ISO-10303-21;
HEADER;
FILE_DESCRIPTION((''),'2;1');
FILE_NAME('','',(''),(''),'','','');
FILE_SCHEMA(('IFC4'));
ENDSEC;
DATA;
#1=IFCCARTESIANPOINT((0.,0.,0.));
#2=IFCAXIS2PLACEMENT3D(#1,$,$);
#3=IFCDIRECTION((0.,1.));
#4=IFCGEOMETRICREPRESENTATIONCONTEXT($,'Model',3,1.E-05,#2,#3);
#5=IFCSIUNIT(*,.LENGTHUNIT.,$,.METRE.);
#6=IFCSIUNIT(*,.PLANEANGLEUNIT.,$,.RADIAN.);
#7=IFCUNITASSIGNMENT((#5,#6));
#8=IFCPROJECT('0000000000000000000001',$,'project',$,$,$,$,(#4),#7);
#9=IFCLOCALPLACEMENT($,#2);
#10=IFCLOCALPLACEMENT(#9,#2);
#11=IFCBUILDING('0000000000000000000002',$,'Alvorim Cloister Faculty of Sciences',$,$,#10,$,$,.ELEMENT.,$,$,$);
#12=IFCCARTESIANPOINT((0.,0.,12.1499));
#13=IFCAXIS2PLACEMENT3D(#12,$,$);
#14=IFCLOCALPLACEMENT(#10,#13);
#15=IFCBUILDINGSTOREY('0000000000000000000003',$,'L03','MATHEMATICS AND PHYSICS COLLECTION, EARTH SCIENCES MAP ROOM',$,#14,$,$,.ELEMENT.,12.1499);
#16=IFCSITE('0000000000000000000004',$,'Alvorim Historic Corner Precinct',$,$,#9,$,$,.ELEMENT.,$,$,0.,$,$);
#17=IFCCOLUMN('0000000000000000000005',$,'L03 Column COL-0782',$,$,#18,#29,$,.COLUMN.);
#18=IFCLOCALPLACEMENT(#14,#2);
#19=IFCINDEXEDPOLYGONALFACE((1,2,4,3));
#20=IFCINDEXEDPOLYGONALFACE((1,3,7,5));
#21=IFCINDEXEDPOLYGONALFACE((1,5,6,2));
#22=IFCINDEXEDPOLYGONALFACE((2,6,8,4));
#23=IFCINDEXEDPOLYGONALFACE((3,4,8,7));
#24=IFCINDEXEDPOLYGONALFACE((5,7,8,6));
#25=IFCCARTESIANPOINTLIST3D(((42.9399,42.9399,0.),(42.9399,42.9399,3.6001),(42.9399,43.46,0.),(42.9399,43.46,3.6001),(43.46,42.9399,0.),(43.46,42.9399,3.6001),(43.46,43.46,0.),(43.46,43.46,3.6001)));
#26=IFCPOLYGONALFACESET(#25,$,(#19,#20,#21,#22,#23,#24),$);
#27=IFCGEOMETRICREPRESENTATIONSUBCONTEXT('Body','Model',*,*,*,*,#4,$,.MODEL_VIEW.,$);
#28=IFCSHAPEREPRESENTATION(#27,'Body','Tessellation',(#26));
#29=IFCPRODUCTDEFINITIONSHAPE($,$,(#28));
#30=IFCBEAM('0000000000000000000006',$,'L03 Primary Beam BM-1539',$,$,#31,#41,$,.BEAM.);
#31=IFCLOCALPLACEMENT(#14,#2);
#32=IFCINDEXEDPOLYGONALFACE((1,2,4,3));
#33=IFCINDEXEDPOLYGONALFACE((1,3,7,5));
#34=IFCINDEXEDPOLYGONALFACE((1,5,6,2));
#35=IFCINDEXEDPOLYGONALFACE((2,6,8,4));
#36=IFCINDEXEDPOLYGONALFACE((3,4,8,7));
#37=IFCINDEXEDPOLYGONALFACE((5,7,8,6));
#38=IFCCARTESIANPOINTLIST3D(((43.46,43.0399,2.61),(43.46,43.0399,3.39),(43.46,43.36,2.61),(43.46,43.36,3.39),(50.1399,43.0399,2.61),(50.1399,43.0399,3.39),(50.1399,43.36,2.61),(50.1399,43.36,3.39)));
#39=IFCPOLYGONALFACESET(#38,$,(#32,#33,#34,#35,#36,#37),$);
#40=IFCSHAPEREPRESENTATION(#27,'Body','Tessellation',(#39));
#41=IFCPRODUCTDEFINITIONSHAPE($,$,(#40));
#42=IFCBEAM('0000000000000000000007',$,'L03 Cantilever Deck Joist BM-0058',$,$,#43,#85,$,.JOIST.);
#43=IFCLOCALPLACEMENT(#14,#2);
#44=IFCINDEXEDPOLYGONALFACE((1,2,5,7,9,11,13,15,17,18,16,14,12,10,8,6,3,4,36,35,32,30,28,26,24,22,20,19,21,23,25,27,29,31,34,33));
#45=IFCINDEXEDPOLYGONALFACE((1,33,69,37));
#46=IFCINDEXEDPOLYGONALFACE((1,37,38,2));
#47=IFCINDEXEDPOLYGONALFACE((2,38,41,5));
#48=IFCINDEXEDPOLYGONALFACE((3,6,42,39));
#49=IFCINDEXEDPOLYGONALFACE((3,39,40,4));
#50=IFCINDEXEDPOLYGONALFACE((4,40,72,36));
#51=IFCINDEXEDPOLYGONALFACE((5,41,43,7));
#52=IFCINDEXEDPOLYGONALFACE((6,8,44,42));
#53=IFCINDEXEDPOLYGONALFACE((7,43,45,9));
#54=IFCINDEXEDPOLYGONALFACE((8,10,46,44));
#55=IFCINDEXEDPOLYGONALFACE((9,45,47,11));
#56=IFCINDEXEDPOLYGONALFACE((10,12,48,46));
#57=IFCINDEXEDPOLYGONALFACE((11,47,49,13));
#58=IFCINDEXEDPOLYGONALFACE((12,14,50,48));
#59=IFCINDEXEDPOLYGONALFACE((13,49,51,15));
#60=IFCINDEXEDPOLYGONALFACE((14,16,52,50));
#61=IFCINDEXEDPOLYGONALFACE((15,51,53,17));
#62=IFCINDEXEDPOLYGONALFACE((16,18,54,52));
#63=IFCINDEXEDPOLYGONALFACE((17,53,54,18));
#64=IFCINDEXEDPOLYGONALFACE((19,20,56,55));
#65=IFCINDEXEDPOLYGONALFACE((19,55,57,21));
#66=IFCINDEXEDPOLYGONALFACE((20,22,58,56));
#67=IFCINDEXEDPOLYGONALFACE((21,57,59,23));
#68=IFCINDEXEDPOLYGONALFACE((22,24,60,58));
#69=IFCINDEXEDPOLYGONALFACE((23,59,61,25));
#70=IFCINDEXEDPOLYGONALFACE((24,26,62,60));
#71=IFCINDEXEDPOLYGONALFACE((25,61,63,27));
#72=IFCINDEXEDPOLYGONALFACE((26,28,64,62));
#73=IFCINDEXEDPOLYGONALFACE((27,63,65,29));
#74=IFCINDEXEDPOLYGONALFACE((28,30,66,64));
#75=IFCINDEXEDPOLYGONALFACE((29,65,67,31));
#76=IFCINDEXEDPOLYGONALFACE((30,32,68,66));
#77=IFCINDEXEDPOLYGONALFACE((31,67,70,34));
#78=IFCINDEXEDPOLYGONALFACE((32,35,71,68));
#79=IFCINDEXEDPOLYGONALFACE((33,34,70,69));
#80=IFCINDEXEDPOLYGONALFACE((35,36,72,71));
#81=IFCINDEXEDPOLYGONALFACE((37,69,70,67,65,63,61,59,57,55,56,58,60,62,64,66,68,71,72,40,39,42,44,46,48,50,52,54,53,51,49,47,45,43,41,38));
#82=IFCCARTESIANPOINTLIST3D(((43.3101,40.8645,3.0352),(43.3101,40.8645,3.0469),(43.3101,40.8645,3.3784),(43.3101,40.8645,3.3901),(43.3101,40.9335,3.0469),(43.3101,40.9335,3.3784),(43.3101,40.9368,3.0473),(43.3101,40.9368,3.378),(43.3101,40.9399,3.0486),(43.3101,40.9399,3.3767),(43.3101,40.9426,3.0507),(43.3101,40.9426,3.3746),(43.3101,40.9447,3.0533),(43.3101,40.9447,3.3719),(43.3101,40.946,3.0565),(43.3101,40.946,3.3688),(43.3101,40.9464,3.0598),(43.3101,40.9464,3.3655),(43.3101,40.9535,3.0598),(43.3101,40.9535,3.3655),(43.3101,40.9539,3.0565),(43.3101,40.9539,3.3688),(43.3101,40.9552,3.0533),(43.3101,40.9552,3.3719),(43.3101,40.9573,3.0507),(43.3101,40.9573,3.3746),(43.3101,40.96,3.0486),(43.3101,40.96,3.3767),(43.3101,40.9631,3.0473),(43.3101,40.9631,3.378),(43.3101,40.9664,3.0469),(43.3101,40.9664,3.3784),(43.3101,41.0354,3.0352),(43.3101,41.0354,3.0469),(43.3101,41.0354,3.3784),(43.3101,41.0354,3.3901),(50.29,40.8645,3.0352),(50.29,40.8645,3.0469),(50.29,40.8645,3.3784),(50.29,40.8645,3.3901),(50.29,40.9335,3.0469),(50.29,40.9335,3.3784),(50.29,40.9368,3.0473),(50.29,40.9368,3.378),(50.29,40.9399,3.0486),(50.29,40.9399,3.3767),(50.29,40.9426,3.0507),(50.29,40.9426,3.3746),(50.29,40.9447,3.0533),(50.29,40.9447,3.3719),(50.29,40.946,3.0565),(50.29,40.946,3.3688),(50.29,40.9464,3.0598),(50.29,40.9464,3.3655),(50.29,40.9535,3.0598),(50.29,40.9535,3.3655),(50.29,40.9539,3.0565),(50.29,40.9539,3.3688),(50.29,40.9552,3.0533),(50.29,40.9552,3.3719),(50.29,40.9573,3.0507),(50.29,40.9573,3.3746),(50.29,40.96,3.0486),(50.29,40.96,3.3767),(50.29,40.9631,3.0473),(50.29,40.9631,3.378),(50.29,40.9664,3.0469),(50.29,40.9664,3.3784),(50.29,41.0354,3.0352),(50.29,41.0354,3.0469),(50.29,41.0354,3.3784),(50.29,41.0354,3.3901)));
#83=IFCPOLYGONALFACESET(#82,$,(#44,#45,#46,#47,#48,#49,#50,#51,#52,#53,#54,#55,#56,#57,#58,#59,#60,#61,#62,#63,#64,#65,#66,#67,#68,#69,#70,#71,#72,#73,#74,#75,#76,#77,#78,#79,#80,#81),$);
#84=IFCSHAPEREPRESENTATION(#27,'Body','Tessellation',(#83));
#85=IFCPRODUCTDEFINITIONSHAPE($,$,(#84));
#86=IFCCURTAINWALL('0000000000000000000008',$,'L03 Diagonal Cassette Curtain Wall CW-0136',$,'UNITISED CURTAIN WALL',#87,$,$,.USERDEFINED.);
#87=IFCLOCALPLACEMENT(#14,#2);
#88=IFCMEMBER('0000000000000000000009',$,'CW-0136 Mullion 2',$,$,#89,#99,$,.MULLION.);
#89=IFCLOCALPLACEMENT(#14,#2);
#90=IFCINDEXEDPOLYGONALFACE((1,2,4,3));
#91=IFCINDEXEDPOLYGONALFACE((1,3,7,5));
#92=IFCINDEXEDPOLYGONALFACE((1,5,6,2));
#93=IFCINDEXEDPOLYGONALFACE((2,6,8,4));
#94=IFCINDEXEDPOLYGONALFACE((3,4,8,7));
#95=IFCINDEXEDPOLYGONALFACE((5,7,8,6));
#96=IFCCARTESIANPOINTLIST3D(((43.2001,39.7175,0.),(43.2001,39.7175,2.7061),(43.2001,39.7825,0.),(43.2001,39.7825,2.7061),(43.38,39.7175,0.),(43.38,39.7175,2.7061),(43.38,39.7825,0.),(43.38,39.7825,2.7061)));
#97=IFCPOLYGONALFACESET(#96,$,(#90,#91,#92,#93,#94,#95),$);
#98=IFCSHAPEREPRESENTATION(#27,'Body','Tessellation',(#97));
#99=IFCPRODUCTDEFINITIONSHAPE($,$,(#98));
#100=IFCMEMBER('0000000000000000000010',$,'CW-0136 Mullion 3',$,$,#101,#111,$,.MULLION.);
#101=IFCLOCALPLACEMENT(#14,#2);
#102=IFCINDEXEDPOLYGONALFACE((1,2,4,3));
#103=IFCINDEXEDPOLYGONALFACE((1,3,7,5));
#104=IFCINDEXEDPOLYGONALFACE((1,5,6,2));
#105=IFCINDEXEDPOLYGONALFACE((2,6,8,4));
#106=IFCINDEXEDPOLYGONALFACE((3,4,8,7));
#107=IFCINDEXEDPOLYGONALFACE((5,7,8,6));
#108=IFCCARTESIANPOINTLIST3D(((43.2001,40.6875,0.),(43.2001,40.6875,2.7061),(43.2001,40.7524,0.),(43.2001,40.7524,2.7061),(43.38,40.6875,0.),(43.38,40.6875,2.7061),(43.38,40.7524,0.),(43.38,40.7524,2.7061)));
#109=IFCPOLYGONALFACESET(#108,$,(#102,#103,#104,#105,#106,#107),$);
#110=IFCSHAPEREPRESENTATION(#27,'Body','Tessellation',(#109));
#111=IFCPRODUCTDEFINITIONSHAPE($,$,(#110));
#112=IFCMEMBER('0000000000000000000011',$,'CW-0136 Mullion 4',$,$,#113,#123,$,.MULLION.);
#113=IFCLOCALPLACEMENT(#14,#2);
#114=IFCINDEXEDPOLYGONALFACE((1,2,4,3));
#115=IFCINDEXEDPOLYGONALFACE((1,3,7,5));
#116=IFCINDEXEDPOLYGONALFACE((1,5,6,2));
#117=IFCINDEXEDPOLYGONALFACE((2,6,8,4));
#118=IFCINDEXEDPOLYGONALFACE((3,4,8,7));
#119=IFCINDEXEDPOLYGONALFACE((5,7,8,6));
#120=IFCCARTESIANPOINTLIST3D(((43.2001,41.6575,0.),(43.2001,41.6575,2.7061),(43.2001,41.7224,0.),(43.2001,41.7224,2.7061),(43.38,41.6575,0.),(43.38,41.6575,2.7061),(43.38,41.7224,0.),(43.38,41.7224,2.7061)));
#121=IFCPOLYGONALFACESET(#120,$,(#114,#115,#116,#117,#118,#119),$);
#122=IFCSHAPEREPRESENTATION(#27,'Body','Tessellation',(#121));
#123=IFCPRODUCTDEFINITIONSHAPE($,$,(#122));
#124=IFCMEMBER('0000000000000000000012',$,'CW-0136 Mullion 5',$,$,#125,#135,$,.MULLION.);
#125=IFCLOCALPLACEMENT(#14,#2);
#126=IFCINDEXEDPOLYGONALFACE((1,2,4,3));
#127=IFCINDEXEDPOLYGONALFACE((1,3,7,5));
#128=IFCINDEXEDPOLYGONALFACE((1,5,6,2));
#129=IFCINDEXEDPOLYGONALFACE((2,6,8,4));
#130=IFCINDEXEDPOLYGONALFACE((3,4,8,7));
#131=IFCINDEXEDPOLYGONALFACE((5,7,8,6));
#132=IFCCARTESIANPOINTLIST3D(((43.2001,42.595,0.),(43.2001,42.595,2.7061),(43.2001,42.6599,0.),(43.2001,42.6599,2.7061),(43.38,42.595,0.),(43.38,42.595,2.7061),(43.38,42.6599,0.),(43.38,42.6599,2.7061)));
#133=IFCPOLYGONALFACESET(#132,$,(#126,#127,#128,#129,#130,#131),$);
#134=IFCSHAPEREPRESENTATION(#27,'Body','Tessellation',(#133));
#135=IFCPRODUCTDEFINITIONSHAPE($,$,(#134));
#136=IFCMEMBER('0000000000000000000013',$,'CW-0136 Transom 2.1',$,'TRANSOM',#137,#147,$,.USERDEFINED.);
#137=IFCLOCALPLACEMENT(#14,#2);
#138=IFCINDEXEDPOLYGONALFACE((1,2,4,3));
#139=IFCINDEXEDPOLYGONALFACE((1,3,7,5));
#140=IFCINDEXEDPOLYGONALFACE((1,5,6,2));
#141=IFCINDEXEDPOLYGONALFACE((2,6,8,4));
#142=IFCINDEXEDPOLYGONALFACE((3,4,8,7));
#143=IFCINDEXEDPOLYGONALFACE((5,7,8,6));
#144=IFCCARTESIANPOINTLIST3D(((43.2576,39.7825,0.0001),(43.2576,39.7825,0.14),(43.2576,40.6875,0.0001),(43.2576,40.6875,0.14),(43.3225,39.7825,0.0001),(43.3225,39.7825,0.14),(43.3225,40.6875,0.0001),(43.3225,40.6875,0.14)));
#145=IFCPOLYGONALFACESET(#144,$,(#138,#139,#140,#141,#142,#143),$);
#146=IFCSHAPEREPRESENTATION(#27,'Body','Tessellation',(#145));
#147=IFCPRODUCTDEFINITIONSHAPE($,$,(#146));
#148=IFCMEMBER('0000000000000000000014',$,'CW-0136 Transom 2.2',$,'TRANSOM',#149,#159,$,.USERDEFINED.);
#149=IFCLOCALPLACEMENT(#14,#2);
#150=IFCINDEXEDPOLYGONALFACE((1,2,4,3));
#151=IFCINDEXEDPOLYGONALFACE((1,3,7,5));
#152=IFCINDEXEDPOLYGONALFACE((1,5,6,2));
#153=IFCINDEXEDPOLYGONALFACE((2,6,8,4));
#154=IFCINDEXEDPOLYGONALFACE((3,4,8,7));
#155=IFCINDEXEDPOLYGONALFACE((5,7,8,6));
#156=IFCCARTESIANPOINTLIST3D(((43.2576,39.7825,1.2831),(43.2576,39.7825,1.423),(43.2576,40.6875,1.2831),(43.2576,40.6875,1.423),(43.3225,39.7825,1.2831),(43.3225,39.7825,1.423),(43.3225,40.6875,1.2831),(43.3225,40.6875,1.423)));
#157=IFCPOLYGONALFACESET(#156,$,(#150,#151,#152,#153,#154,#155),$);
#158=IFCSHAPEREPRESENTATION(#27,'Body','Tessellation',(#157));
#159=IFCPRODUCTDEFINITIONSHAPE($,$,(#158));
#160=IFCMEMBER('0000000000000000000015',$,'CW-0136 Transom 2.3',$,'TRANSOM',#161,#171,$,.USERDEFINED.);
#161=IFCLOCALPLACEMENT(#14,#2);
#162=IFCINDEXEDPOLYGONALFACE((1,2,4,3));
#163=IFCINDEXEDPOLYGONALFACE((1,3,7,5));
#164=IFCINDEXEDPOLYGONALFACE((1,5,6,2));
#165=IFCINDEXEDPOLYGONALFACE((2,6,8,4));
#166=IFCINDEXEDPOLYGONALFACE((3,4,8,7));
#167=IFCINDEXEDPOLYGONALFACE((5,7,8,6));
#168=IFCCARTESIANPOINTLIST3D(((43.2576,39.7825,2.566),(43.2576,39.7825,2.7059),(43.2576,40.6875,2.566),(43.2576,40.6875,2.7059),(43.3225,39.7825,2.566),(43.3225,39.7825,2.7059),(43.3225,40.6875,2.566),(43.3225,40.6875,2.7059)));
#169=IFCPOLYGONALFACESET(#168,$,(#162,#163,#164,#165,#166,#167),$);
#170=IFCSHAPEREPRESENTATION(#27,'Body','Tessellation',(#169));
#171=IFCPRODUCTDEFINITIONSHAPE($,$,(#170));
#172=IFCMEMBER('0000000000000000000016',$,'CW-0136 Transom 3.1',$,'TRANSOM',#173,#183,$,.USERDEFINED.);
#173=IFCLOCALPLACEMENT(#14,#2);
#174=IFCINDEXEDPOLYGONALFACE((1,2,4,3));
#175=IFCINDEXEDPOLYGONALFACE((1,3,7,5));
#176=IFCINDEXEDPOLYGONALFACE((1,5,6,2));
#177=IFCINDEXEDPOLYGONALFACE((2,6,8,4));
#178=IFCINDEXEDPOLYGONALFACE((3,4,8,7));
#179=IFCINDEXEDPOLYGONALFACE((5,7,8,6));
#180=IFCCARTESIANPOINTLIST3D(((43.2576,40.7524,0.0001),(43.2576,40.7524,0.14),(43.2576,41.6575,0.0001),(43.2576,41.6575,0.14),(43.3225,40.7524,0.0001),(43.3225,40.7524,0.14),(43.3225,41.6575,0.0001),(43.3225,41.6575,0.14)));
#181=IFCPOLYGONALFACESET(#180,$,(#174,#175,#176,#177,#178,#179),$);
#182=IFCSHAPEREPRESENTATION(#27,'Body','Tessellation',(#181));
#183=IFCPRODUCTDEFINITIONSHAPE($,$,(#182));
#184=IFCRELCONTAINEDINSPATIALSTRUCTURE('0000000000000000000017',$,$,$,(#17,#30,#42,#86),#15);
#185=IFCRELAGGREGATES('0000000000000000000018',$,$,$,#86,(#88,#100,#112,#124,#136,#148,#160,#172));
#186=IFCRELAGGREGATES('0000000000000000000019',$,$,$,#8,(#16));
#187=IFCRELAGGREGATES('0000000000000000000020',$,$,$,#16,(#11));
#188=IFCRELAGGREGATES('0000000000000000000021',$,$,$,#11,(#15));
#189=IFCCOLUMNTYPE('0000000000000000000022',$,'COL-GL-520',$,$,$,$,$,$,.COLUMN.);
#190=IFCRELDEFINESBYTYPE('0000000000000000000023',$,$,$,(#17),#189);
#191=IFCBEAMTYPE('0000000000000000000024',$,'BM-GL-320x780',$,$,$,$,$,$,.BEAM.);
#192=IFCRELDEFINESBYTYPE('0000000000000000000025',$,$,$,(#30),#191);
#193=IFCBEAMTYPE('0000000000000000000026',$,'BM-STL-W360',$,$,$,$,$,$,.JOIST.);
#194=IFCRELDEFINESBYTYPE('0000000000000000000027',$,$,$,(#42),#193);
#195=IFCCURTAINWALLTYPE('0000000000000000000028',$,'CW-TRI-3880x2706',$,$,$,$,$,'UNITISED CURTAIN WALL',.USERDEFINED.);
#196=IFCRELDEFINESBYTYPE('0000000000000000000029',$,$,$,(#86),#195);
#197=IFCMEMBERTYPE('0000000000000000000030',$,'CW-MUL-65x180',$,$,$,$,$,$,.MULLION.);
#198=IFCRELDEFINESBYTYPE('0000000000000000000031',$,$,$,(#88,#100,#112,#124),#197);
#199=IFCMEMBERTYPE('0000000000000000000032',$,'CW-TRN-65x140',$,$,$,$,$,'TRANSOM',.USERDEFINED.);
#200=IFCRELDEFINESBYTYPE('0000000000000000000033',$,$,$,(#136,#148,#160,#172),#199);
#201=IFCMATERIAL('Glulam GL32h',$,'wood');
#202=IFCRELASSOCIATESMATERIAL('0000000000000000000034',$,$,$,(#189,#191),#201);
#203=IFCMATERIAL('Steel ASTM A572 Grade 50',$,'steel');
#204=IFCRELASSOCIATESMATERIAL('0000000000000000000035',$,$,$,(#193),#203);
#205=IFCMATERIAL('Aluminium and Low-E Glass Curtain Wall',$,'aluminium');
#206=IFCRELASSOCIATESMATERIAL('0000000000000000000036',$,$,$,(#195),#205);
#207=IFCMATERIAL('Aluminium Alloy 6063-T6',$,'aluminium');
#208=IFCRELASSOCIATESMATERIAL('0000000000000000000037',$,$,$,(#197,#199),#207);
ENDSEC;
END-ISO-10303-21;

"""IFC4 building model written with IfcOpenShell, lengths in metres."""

from ifc_helpers import new_model, si_unit, direction, frame, origin, origin_2d, place, context, subcontext, project, spatial, rectangle, i_section, extrude, material, material_profile, profile_set, type_object, element, aggregate, save


model = new_model("IFC4")

# Units and contexts
model_context = context("Model", 3, precision=1e-05, world=origin(), true_north=direction((0.0, 1.0)))
body_context = subcontext(model_context, "Body", "Model", "MODEL_VIEW")
ifc_project = project(units=[si_unit("LENGTHUNIT", "METRE"), si_unit("PLANEANGLEUNIT", "RADIAN")], contexts=[model_context])

# Site, building, storey
site_placement = place(None, origin())
site = spatial("IfcSite", under=ifc_project, at=site_placement, Name="Alvorim Historic Corner Precinct", CompositionType="ELEMENT", RefElevation=0.0)
building_placement = place(site_placement, origin())
building = spatial("IfcBuilding", under=site, at=building_placement, Name="Alvorim Cloister Faculty of Sciences", CompositionType="ELEMENT")
storey_placement = place(building_placement, frame((0.0, 0.0, 12.1499)))
storey = spatial("IfcBuildingStorey", under=building, at=storey_placement, Name="L03", Description="MATHEMATICS AND PHYSICS COLLECTION, EARTH SCIENCES MAP ROOM", CompositionType="ELEMENT", Elevation=12.1499)

# Column
ifc_material_1 = material(Name="Glulam GL32h", Category="wood")
ifc_material_profile_1 = material_profile(ifc_material_1, rectangle(XDim=0.52, YDim=0.52, at=origin_2d()), Name="GL32-COL-520x520")
ifc_profile_set_1 = profile_set([ifc_material_profile_1], Name="Glulam GL32h")
column_type = type_object("IfcColumnType", Name="COL-GL-520", PredefinedType="COLUMN", material=ifc_profile_set_1)
column_placement = place(storey_placement, frame((43.2, 43.2, 0.0), z_axis=(0.0, 0.0, 1.0), x_axis=(1.0, 0.0, 0.0)))
element("IfcColumn", 1, at=column_placement, inside=storey, type_object=column_type, Name="L03 Column COL-0782", PredefinedType="COLUMN", context=body_context, shape_type="SweptSolid", body=[
    extrude(rectangle(XDim=0.52, YDim=0.52, at=origin_2d()), origin(), (0.0, 0.0, 1.0), 3.6001),
])

# Beams
ifc_material_profile_2 = material_profile(ifc_material_1, rectangle(XDim=0.3201, YDim=0.78, at=origin_2d()), Name="GL32-BM-320x780")
ifc_profile_set_2 = profile_set([ifc_material_profile_2], Name="Glulam GL32h")
beam_type_1 = type_object("IfcBeamType", Name="BM-GL-320x780", PredefinedType="BEAM", material=ifc_profile_set_2)
beam_1_placement = place(storey_placement, frame((43.46, 43.2, 3.0), z_axis=(1.0, 0.0, 0.0), x_axis=(0.0, 1.0, 0.0)))
element("IfcBeam", 2, at=beam_1_placement, inside=storey, type_object=beam_type_1, Name="L03 Primary Beam BM-1539", PredefinedType="BEAM", context=body_context, shape_type="SweptSolid", body=[
    extrude(rectangle(XDim=0.3201, YDim=0.78, at=origin_2d()), origin(), (0.0, 0.0, 1.0), 6.6799),
])
ifc_material_2 = material(Name="Steel ASTM A572 Grade 50", Category="steel")
ifc_material_profile_3 = material_profile(ifc_material_2, i_section(OverallWidth=0.1709, OverallDepth=0.355, WebThickness=0.0071, FlangeThickness=0.0117, FilletRadius=0.0129, at=origin_2d()), Name="W360x51.0")
ifc_profile_set_3 = profile_set([ifc_material_profile_3], Name="Steel ASTM A572 Grade 50")
beam_type_2 = type_object("IfcBeamType", Name="BM-STL-W360", PredefinedType="JOIST", material=ifc_profile_set_3)
beam_2_placement = place(storey_placement, frame((43.3101, 40.95, 3.2126), z_axis=(1.0, 0.0, 0.0), x_axis=(0.0, 1.0, 0.0)))
element("IfcBeam", 3, at=beam_2_placement, inside=storey, type_object=beam_type_2, Name="L03 Cantilever Deck Joist BM-0058", PredefinedType="JOIST", context=body_context, shape_type="SweptSolid", body=[
    extrude(i_section(OverallWidth=0.1709, OverallDepth=0.355, WebThickness=0.0071, FlangeThickness=0.0117, FilletRadius=0.0129, at=origin_2d()), origin(), (0.0, 0.0, 1.0), 6.98),
])

# Curtain wall, members
ifc_material_3 = material(Name="Aluminium and Low-E Glass Curtain Wall", Category="aluminium")
curtain_wall_type = type_object("IfcCurtainWallType", Name="CW-TRI-3880x2706", ElementType="UNITISED CURTAIN WALL", PredefinedType="USERDEFINED", material=ifc_material_3)
curtain_wall_placement = place(storey_placement, origin())
curtain_wall = element("IfcCurtainWall", 4, at=curtain_wall_placement, inside=storey, type_object=curtain_wall_type, Name="L03 Diagonal Cassette Curtain Wall CW-0136", ObjectType="UNITISED CURTAIN WALL", PredefinedType="USERDEFINED")
ifc_material_4 = material(Name="Aluminium Alloy 6063-T6", Category="aluminium")
ifc_material_profile_4 = material_profile(ifc_material_4, rectangle(XDim=0.0649, YDim=0.1799, at=origin_2d()), Name="ALU-MUL-65x180")
ifc_profile_set_4 = profile_set([ifc_material_profile_4], Name="Aluminium Alloy 6063-T6")
member_type_1 = type_object("IfcMemberType", Name="CW-MUL-65x180", PredefinedType="MULLION", material=ifc_profile_set_4)
member_1_placement = place(storey_placement, frame((43.29, 39.75, 0.0), z_axis=(0.0, 0.0, 1.0), x_axis=(0.0, 1.0, 0.0)))
member_1 = element("IfcMember", 5, at=member_1_placement, type_object=member_type_1, Name="CW-0136 Mullion 2", PredefinedType="MULLION", context=body_context, shape_type="SweptSolid", body=[
    extrude(rectangle(XDim=0.0649, YDim=0.1799, at=origin_2d()), origin(), (0.0, 0.0, 1.0), 2.7061),
])
member_2_placement = place(storey_placement, frame((43.29, 40.72, 0.0), z_axis=(0.0, 0.0, 1.0), x_axis=(0.0, 1.0, 0.0)))
member_2 = element("IfcMember", 6, at=member_2_placement, type_object=member_type_1, Name="CW-0136 Mullion 3", PredefinedType="MULLION", context=body_context, shape_type="SweptSolid", body=[
    extrude(rectangle(XDim=0.0649, YDim=0.1799, at=origin_2d()), origin(), (0.0, 0.0, 1.0), 2.7061),
])
member_3_placement = place(storey_placement, frame((43.29, 41.6899, 0.0), z_axis=(0.0, 0.0, 1.0), x_axis=(0.0, 1.0, 0.0)))
member_3 = element("IfcMember", 7, at=member_3_placement, type_object=member_type_1, Name="CW-0136 Mullion 4", PredefinedType="MULLION", context=body_context, shape_type="SweptSolid", body=[
    extrude(rectangle(XDim=0.0649, YDim=0.1799, at=origin_2d()), origin(), (0.0, 0.0, 1.0), 2.7061),
])
member_4_placement = place(storey_placement, frame((43.29, 42.6274, 0.0), z_axis=(0.0, 0.0, 1.0), x_axis=(0.0, 1.0, 0.0)))
member_4 = element("IfcMember", 8, at=member_4_placement, type_object=member_type_1, Name="CW-0136 Mullion 5", PredefinedType="MULLION", context=body_context, shape_type="SweptSolid", body=[
    extrude(rectangle(XDim=0.0649, YDim=0.1799, at=origin_2d()), origin(), (0.0, 0.0, 1.0), 2.7061),
])
ifc_material_profile_5 = material_profile(ifc_material_4, rectangle(XDim=0.0649, YDim=0.1399, at=origin_2d()), Name="ALU-TRN-65x140")
ifc_profile_set_5 = profile_set([ifc_material_profile_5], Name="Aluminium Alloy 6063-T6")
member_type_2 = type_object("IfcMemberType", Name="CW-TRN-65x140", ElementType="TRANSOM", PredefinedType="USERDEFINED", material=ifc_profile_set_5)
member_5_placement = place(storey_placement, frame((43.29, 39.7825, 0.0701), z_axis=(0.0, 1.0, 0.0), x_axis=(-1.0, 0.0, 0.0)))
member_5 = element("IfcMember", 9, at=member_5_placement, type_object=member_type_2, Name="CW-0136 Transom 2.1", ObjectType="TRANSOM", PredefinedType="USERDEFINED", context=body_context, shape_type="SweptSolid", body=[
    extrude(rectangle(XDim=0.0649, YDim=0.1399, at=origin_2d()), origin(), (0.0, 0.0, 1.0), 0.905),
])
member_6_placement = place(storey_placement, frame((43.29, 39.7825, 1.353), z_axis=(0.0, 1.0, 0.0), x_axis=(-1.0, 0.0, 0.0)))
member_6 = element("IfcMember", 10, at=member_6_placement, type_object=member_type_2, Name="CW-0136 Transom 2.2", ObjectType="TRANSOM", PredefinedType="USERDEFINED", context=body_context, shape_type="SweptSolid", body=[
    extrude(rectangle(XDim=0.0649, YDim=0.1399, at=origin_2d()), origin(), (0.0, 0.0, 1.0), 0.905),
])
member_7_placement = place(storey_placement, frame((43.29, 39.7825, 2.636), z_axis=(0.0, 1.0, 0.0), x_axis=(-1.0, 0.0, 0.0)))
member_7 = element("IfcMember", 11, at=member_7_placement, type_object=member_type_2, Name="CW-0136 Transom 2.3", ObjectType="TRANSOM", PredefinedType="USERDEFINED", context=body_context, shape_type="SweptSolid", body=[
    extrude(rectangle(XDim=0.0649, YDim=0.1399, at=origin_2d()), origin(), (0.0, 0.0, 1.0), 0.905),
])
member_8_placement = place(storey_placement, frame((43.29, 40.7524, 0.0701), z_axis=(0.0, 1.0, 0.0), x_axis=(-1.0, 0.0, 0.0)))
member_8 = element("IfcMember", 12, at=member_8_placement, type_object=member_type_2, Name="CW-0136 Transom 3.1", ObjectType="TRANSOM", PredefinedType="USERDEFINED", context=body_context, shape_type="SweptSolid", body=[
    extrude(rectangle(XDim=0.0649, YDim=0.1399, at=origin_2d()), origin(), (0.0, 0.0, 1.0), 0.905),
])
aggregate(curtain_wall, [member_1, member_2, member_3, member_4, member_5, member_6, member_7, member_8])

save(model, "model.ifc")
